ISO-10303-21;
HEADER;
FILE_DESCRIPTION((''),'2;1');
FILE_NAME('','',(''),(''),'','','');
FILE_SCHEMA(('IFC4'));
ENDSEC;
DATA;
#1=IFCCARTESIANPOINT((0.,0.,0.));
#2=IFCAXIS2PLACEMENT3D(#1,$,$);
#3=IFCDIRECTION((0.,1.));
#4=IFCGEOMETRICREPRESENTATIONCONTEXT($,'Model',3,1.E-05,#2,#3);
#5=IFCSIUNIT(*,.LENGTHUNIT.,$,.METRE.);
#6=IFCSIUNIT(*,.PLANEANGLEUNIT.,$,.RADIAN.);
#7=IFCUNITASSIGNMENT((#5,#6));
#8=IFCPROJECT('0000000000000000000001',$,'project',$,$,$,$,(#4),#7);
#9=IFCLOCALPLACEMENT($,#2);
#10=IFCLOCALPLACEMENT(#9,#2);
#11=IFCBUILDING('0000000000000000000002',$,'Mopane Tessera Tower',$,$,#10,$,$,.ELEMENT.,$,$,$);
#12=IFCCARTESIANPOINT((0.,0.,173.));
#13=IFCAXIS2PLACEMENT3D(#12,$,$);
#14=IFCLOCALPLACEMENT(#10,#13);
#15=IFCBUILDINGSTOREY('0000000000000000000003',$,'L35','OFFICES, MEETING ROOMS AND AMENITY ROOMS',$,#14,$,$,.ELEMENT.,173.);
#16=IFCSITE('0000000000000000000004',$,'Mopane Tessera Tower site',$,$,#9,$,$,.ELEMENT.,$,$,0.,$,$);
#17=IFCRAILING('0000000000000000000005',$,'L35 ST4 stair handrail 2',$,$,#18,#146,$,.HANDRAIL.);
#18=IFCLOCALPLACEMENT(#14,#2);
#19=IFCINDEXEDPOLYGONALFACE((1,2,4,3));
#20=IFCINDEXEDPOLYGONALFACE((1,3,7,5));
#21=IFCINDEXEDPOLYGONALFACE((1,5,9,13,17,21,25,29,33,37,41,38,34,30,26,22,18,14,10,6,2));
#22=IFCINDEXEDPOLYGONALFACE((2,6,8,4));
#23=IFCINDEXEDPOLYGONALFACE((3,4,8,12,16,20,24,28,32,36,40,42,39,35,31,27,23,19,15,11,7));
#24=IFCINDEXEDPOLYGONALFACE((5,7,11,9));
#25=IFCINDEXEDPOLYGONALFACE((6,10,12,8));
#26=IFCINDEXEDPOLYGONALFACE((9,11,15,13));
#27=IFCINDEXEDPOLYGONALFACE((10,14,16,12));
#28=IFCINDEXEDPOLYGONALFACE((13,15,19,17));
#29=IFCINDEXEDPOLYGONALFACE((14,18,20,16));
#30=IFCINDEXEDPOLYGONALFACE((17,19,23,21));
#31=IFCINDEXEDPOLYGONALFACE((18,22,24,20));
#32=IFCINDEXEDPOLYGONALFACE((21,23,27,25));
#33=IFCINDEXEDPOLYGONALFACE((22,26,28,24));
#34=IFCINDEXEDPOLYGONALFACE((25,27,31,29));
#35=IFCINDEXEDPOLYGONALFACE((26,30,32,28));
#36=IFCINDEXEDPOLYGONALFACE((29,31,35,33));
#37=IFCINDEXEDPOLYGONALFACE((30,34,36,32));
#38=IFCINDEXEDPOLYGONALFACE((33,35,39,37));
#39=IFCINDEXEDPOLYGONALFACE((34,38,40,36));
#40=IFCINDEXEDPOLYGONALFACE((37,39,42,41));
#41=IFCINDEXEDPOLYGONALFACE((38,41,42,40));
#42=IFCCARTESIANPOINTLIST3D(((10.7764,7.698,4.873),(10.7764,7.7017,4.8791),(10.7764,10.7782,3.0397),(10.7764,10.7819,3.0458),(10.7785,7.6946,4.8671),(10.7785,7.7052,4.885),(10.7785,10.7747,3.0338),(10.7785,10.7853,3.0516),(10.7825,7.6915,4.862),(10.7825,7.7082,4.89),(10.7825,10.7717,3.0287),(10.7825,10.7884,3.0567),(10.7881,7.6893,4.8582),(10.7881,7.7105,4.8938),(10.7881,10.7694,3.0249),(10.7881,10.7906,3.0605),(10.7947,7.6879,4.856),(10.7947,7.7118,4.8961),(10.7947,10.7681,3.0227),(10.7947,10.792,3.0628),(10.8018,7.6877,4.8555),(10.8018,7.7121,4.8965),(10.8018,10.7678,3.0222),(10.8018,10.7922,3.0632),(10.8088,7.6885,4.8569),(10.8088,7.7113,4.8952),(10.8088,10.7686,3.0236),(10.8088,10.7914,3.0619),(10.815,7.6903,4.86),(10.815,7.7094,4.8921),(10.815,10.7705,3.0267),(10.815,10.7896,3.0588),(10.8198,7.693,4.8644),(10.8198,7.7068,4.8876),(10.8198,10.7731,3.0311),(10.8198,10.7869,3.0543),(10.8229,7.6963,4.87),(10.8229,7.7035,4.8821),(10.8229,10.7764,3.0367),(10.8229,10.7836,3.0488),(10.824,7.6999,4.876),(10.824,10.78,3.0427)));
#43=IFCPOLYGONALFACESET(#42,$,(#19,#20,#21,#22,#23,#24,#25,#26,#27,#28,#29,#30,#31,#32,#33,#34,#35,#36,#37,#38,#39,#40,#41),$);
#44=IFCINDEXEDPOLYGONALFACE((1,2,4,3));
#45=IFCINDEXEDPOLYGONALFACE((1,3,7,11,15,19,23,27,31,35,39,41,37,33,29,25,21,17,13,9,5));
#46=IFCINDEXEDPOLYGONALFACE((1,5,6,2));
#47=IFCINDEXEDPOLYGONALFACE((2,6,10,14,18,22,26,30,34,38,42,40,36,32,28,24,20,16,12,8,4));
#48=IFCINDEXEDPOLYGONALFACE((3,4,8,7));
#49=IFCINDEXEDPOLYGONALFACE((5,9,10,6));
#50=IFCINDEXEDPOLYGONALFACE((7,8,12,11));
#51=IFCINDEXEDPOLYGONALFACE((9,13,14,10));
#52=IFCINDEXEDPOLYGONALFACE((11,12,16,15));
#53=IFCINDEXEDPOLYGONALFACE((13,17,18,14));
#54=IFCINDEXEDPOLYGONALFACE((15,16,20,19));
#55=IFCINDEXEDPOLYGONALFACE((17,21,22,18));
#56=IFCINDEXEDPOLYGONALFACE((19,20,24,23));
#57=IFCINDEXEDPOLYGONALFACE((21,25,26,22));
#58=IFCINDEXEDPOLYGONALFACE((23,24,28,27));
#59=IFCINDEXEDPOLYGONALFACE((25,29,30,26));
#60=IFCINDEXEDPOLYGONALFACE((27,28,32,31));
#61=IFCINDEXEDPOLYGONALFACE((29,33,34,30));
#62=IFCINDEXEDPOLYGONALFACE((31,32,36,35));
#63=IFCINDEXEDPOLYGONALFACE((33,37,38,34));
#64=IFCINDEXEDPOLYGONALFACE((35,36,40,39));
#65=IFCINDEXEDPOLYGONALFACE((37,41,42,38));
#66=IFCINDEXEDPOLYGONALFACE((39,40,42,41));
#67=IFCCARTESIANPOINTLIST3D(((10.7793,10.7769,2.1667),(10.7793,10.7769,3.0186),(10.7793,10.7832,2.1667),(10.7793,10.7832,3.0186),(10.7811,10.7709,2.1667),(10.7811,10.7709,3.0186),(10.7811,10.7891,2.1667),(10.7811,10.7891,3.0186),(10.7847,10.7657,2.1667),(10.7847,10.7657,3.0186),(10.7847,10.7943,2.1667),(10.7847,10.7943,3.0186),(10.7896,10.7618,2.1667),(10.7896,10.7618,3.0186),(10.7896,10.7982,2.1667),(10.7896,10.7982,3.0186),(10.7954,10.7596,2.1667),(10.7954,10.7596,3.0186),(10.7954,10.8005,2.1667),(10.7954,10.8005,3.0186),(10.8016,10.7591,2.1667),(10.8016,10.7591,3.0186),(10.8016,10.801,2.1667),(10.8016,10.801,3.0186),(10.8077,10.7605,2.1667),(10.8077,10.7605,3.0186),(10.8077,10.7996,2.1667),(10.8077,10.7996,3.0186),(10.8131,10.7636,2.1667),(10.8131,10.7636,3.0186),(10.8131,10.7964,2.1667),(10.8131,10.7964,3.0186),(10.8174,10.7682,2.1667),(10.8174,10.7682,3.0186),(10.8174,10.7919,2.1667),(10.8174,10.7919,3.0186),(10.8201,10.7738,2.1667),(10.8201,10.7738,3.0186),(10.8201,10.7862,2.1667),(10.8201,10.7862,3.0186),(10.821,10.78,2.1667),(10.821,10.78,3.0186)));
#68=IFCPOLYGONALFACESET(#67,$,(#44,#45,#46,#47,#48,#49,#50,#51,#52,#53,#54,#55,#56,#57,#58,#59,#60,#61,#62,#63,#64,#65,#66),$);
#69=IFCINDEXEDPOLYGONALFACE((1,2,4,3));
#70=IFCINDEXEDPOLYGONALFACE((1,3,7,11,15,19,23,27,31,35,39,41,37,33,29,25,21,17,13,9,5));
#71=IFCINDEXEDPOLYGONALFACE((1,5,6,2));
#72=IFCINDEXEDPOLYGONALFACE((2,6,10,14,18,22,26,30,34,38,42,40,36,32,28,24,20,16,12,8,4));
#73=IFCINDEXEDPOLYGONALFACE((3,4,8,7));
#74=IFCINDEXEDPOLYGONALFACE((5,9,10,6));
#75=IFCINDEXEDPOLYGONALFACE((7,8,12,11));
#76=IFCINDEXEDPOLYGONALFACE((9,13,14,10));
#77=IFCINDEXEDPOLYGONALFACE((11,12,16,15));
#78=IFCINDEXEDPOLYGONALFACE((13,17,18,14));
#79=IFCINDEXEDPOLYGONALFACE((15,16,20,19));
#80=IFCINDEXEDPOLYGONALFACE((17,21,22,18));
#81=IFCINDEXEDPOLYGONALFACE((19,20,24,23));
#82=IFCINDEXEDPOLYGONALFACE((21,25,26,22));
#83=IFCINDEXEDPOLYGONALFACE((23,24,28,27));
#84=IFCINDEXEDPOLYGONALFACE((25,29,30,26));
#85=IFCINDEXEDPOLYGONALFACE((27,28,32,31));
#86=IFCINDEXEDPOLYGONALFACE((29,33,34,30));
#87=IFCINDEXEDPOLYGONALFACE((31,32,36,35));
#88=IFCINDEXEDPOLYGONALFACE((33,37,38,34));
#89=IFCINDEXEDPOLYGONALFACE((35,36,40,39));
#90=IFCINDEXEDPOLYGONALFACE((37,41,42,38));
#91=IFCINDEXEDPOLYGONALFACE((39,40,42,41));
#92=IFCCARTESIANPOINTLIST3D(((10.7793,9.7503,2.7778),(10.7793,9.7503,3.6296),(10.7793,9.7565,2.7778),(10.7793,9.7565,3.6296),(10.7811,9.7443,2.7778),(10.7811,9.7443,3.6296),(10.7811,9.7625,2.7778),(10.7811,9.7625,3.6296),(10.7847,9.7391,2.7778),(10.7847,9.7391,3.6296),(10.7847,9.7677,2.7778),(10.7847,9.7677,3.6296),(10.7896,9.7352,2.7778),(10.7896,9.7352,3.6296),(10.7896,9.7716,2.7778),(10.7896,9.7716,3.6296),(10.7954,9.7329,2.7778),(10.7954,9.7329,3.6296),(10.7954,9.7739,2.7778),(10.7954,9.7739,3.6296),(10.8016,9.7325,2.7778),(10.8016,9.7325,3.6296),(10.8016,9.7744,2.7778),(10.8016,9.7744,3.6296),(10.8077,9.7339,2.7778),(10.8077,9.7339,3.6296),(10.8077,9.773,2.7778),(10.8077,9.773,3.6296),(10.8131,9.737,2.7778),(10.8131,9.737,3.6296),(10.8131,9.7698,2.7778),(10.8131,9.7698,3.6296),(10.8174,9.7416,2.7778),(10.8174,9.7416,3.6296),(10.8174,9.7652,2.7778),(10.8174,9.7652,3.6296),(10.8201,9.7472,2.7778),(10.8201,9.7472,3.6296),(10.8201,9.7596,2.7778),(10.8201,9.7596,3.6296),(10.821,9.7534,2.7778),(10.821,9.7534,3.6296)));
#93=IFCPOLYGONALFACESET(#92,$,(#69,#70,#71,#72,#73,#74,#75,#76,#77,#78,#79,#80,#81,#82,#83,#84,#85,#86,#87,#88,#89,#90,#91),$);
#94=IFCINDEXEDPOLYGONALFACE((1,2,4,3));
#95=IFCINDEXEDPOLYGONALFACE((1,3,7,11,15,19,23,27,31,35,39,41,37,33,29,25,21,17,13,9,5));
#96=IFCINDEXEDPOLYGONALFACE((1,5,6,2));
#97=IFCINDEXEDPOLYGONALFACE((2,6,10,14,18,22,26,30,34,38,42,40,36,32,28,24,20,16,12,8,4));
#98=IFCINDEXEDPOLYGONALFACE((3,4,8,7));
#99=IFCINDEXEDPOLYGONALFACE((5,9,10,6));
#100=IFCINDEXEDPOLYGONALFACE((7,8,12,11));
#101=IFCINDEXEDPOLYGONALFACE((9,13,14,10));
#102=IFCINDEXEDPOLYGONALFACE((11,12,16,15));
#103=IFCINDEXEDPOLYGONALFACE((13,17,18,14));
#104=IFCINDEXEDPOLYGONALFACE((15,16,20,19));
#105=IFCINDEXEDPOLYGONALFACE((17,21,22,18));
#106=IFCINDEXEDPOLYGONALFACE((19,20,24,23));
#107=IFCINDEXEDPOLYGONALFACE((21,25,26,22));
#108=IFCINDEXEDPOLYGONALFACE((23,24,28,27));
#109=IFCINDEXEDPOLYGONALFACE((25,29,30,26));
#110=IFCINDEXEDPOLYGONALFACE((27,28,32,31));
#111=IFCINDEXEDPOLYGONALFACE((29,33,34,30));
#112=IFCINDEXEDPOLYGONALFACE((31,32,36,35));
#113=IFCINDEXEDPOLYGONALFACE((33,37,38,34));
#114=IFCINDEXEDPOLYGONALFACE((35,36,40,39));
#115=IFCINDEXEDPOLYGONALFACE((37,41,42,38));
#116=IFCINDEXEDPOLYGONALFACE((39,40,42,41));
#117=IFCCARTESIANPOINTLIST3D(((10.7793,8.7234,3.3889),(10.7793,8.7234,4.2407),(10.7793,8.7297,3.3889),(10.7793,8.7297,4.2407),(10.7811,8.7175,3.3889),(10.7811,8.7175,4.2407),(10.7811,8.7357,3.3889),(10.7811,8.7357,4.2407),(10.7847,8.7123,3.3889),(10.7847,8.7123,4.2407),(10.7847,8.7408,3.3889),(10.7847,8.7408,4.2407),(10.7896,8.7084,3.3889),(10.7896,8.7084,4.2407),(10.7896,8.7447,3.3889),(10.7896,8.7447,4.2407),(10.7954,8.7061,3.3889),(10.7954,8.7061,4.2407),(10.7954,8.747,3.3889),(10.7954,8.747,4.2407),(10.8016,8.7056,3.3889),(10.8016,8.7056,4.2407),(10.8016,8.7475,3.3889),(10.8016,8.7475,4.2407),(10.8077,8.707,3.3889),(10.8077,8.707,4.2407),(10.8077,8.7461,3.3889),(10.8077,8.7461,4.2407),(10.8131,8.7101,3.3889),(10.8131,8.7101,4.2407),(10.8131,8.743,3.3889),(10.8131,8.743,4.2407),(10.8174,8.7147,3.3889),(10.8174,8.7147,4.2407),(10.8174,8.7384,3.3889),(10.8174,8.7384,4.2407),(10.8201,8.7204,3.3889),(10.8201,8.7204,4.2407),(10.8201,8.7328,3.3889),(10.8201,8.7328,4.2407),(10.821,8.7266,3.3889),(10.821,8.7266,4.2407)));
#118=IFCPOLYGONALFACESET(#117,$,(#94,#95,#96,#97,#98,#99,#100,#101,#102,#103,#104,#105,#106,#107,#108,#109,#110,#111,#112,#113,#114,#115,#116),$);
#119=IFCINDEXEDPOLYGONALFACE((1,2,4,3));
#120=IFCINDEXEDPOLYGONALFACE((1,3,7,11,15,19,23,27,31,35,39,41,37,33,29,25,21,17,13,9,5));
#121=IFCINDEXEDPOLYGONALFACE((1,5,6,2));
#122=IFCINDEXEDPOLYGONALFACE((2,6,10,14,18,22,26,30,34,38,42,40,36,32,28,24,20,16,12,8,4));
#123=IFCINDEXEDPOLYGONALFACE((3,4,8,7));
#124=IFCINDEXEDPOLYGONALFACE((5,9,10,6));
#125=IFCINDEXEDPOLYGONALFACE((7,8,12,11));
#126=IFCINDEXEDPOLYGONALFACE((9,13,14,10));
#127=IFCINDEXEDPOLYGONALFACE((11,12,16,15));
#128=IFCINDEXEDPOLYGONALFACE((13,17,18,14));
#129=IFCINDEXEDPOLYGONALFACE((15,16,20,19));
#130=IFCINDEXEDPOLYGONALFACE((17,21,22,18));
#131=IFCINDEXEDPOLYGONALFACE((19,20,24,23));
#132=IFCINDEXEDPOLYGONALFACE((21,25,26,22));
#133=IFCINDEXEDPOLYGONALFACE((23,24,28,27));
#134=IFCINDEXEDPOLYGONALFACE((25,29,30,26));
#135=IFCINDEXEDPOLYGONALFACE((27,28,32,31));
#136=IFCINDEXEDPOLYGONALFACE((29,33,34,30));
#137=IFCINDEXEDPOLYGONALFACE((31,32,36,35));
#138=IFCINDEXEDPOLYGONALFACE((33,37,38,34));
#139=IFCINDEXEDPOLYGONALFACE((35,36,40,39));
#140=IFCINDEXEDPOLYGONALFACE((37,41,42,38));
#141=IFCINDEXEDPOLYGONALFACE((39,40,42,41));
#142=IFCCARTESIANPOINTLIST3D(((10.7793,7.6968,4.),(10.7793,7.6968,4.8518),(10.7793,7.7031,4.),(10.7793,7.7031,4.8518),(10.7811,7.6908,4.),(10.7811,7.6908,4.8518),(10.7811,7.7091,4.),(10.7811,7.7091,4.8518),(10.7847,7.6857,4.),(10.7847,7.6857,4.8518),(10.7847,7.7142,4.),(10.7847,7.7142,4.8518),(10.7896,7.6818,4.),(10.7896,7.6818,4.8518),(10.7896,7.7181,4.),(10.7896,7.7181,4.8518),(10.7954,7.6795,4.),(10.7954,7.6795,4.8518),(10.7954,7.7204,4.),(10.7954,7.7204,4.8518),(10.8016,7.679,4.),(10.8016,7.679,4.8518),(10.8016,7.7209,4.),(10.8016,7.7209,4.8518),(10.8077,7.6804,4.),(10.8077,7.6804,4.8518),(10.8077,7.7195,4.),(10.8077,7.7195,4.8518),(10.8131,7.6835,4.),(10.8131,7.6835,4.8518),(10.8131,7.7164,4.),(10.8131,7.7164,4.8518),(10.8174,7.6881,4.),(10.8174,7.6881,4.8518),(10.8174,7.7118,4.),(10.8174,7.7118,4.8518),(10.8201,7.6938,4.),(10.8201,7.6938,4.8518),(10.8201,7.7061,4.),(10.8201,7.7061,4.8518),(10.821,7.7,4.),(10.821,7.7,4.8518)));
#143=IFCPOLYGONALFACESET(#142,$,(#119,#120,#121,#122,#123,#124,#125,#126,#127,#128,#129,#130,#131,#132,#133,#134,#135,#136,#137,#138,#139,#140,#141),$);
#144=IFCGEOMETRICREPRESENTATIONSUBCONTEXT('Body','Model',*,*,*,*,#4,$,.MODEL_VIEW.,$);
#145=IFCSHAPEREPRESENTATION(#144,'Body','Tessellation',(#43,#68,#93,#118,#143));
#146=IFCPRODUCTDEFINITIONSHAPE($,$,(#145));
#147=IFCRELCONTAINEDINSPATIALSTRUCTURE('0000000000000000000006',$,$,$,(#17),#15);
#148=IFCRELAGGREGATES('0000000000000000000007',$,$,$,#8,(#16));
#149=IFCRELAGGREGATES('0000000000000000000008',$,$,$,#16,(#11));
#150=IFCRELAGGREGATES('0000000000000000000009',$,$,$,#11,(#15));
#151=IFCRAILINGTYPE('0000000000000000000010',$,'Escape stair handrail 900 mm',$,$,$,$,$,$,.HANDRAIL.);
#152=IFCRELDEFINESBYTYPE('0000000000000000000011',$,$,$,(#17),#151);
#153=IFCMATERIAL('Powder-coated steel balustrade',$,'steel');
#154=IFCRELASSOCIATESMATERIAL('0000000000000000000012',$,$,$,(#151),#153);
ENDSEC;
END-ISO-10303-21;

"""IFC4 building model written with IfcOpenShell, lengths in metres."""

from ifc_helpers import new_model, si_unit, direction, frame, origin, origin_2d, place, context, subcontext, project, spatial, circle, extrude, material, type_object, element, save


model = new_model("IFC4")

# Units and contexts
model_context = context("Model", 3, precision=1e-05, world=origin(), true_north=direction((0.0, 1.0)))
body_context = subcontext(model_context, "Body", "Model", "MODEL_VIEW")
ifc_project = project(units=[si_unit("LENGTHUNIT", "METRE"), si_unit("PLANEANGLEUNIT", "RADIAN")], contexts=[model_context])

# Site, building, storey
site_placement = place(None, origin())
site = spatial("IfcSite", under=ifc_project, at=site_placement, Name="Mopane Tessera Tower site", CompositionType="ELEMENT", RefElevation=0.0)
building_placement = place(site_placement, origin())
building = spatial("IfcBuilding", under=site, at=building_placement, Name="Mopane Tessera Tower", CompositionType="ELEMENT")
storey_placement = place(building_placement, frame((0.0, 0.0, 173.0)))
storey = spatial("IfcBuildingStorey", under=building, at=storey_placement, Name="L35", Description="OFFICES, MEETING ROOMS AND AMENITY ROOMS", CompositionType="ELEMENT", Elevation=173.0)

# Railing
ifc_material_1 = material(Name="Powder-coated steel balustrade", Category="steel")
railing_type_1 = type_object("IfcRailingType", Name="Escape stair handrail 900 mm", PredefinedType="HANDRAIL", material=ifc_material_1)
railing_1_placement = place(storey_placement, frame((10.8, 10.78, 2.1667)))
element("IfcRailing", 1, at=railing_1_placement, inside=storey, type_object=railing_type_1, Name="L35 ST4 stair handrail 2", PredefinedType="HANDRAIL", context=body_context, shape_type="SweptSolid", body=[
    extrude(circle(Radius=0.0239, at=origin_2d()), frame((0.0, 0.0, 0.876), z_axis=(0.0, -0.859309, 0.511458), x_axis=(1.0, 0.0, 0.0)), (0.0, 0.0, 1.0), 3.5845),
    extrude(circle(Radius=0.021, at=origin_2d()), origin(), (0.0, 0.0, 1.0), 0.8518),
    extrude(circle(Radius=0.021, at=origin_2d()), frame((0.0, -1.0266, 0.6111)), (0.0, 0.0, 1.0), 0.8518),
    extrude(circle(Radius=0.021, at=origin_2d()), frame((0.0, -2.0535, 1.2222)), (0.0, 0.0, 1.0), 0.8518),
    extrude(circle(Radius=0.021, at=origin_2d()), frame((0.0, -3.0801, 1.8333)), (0.0, 0.0, 1.0), 0.8518),
])

save(model, "model.ifc")
